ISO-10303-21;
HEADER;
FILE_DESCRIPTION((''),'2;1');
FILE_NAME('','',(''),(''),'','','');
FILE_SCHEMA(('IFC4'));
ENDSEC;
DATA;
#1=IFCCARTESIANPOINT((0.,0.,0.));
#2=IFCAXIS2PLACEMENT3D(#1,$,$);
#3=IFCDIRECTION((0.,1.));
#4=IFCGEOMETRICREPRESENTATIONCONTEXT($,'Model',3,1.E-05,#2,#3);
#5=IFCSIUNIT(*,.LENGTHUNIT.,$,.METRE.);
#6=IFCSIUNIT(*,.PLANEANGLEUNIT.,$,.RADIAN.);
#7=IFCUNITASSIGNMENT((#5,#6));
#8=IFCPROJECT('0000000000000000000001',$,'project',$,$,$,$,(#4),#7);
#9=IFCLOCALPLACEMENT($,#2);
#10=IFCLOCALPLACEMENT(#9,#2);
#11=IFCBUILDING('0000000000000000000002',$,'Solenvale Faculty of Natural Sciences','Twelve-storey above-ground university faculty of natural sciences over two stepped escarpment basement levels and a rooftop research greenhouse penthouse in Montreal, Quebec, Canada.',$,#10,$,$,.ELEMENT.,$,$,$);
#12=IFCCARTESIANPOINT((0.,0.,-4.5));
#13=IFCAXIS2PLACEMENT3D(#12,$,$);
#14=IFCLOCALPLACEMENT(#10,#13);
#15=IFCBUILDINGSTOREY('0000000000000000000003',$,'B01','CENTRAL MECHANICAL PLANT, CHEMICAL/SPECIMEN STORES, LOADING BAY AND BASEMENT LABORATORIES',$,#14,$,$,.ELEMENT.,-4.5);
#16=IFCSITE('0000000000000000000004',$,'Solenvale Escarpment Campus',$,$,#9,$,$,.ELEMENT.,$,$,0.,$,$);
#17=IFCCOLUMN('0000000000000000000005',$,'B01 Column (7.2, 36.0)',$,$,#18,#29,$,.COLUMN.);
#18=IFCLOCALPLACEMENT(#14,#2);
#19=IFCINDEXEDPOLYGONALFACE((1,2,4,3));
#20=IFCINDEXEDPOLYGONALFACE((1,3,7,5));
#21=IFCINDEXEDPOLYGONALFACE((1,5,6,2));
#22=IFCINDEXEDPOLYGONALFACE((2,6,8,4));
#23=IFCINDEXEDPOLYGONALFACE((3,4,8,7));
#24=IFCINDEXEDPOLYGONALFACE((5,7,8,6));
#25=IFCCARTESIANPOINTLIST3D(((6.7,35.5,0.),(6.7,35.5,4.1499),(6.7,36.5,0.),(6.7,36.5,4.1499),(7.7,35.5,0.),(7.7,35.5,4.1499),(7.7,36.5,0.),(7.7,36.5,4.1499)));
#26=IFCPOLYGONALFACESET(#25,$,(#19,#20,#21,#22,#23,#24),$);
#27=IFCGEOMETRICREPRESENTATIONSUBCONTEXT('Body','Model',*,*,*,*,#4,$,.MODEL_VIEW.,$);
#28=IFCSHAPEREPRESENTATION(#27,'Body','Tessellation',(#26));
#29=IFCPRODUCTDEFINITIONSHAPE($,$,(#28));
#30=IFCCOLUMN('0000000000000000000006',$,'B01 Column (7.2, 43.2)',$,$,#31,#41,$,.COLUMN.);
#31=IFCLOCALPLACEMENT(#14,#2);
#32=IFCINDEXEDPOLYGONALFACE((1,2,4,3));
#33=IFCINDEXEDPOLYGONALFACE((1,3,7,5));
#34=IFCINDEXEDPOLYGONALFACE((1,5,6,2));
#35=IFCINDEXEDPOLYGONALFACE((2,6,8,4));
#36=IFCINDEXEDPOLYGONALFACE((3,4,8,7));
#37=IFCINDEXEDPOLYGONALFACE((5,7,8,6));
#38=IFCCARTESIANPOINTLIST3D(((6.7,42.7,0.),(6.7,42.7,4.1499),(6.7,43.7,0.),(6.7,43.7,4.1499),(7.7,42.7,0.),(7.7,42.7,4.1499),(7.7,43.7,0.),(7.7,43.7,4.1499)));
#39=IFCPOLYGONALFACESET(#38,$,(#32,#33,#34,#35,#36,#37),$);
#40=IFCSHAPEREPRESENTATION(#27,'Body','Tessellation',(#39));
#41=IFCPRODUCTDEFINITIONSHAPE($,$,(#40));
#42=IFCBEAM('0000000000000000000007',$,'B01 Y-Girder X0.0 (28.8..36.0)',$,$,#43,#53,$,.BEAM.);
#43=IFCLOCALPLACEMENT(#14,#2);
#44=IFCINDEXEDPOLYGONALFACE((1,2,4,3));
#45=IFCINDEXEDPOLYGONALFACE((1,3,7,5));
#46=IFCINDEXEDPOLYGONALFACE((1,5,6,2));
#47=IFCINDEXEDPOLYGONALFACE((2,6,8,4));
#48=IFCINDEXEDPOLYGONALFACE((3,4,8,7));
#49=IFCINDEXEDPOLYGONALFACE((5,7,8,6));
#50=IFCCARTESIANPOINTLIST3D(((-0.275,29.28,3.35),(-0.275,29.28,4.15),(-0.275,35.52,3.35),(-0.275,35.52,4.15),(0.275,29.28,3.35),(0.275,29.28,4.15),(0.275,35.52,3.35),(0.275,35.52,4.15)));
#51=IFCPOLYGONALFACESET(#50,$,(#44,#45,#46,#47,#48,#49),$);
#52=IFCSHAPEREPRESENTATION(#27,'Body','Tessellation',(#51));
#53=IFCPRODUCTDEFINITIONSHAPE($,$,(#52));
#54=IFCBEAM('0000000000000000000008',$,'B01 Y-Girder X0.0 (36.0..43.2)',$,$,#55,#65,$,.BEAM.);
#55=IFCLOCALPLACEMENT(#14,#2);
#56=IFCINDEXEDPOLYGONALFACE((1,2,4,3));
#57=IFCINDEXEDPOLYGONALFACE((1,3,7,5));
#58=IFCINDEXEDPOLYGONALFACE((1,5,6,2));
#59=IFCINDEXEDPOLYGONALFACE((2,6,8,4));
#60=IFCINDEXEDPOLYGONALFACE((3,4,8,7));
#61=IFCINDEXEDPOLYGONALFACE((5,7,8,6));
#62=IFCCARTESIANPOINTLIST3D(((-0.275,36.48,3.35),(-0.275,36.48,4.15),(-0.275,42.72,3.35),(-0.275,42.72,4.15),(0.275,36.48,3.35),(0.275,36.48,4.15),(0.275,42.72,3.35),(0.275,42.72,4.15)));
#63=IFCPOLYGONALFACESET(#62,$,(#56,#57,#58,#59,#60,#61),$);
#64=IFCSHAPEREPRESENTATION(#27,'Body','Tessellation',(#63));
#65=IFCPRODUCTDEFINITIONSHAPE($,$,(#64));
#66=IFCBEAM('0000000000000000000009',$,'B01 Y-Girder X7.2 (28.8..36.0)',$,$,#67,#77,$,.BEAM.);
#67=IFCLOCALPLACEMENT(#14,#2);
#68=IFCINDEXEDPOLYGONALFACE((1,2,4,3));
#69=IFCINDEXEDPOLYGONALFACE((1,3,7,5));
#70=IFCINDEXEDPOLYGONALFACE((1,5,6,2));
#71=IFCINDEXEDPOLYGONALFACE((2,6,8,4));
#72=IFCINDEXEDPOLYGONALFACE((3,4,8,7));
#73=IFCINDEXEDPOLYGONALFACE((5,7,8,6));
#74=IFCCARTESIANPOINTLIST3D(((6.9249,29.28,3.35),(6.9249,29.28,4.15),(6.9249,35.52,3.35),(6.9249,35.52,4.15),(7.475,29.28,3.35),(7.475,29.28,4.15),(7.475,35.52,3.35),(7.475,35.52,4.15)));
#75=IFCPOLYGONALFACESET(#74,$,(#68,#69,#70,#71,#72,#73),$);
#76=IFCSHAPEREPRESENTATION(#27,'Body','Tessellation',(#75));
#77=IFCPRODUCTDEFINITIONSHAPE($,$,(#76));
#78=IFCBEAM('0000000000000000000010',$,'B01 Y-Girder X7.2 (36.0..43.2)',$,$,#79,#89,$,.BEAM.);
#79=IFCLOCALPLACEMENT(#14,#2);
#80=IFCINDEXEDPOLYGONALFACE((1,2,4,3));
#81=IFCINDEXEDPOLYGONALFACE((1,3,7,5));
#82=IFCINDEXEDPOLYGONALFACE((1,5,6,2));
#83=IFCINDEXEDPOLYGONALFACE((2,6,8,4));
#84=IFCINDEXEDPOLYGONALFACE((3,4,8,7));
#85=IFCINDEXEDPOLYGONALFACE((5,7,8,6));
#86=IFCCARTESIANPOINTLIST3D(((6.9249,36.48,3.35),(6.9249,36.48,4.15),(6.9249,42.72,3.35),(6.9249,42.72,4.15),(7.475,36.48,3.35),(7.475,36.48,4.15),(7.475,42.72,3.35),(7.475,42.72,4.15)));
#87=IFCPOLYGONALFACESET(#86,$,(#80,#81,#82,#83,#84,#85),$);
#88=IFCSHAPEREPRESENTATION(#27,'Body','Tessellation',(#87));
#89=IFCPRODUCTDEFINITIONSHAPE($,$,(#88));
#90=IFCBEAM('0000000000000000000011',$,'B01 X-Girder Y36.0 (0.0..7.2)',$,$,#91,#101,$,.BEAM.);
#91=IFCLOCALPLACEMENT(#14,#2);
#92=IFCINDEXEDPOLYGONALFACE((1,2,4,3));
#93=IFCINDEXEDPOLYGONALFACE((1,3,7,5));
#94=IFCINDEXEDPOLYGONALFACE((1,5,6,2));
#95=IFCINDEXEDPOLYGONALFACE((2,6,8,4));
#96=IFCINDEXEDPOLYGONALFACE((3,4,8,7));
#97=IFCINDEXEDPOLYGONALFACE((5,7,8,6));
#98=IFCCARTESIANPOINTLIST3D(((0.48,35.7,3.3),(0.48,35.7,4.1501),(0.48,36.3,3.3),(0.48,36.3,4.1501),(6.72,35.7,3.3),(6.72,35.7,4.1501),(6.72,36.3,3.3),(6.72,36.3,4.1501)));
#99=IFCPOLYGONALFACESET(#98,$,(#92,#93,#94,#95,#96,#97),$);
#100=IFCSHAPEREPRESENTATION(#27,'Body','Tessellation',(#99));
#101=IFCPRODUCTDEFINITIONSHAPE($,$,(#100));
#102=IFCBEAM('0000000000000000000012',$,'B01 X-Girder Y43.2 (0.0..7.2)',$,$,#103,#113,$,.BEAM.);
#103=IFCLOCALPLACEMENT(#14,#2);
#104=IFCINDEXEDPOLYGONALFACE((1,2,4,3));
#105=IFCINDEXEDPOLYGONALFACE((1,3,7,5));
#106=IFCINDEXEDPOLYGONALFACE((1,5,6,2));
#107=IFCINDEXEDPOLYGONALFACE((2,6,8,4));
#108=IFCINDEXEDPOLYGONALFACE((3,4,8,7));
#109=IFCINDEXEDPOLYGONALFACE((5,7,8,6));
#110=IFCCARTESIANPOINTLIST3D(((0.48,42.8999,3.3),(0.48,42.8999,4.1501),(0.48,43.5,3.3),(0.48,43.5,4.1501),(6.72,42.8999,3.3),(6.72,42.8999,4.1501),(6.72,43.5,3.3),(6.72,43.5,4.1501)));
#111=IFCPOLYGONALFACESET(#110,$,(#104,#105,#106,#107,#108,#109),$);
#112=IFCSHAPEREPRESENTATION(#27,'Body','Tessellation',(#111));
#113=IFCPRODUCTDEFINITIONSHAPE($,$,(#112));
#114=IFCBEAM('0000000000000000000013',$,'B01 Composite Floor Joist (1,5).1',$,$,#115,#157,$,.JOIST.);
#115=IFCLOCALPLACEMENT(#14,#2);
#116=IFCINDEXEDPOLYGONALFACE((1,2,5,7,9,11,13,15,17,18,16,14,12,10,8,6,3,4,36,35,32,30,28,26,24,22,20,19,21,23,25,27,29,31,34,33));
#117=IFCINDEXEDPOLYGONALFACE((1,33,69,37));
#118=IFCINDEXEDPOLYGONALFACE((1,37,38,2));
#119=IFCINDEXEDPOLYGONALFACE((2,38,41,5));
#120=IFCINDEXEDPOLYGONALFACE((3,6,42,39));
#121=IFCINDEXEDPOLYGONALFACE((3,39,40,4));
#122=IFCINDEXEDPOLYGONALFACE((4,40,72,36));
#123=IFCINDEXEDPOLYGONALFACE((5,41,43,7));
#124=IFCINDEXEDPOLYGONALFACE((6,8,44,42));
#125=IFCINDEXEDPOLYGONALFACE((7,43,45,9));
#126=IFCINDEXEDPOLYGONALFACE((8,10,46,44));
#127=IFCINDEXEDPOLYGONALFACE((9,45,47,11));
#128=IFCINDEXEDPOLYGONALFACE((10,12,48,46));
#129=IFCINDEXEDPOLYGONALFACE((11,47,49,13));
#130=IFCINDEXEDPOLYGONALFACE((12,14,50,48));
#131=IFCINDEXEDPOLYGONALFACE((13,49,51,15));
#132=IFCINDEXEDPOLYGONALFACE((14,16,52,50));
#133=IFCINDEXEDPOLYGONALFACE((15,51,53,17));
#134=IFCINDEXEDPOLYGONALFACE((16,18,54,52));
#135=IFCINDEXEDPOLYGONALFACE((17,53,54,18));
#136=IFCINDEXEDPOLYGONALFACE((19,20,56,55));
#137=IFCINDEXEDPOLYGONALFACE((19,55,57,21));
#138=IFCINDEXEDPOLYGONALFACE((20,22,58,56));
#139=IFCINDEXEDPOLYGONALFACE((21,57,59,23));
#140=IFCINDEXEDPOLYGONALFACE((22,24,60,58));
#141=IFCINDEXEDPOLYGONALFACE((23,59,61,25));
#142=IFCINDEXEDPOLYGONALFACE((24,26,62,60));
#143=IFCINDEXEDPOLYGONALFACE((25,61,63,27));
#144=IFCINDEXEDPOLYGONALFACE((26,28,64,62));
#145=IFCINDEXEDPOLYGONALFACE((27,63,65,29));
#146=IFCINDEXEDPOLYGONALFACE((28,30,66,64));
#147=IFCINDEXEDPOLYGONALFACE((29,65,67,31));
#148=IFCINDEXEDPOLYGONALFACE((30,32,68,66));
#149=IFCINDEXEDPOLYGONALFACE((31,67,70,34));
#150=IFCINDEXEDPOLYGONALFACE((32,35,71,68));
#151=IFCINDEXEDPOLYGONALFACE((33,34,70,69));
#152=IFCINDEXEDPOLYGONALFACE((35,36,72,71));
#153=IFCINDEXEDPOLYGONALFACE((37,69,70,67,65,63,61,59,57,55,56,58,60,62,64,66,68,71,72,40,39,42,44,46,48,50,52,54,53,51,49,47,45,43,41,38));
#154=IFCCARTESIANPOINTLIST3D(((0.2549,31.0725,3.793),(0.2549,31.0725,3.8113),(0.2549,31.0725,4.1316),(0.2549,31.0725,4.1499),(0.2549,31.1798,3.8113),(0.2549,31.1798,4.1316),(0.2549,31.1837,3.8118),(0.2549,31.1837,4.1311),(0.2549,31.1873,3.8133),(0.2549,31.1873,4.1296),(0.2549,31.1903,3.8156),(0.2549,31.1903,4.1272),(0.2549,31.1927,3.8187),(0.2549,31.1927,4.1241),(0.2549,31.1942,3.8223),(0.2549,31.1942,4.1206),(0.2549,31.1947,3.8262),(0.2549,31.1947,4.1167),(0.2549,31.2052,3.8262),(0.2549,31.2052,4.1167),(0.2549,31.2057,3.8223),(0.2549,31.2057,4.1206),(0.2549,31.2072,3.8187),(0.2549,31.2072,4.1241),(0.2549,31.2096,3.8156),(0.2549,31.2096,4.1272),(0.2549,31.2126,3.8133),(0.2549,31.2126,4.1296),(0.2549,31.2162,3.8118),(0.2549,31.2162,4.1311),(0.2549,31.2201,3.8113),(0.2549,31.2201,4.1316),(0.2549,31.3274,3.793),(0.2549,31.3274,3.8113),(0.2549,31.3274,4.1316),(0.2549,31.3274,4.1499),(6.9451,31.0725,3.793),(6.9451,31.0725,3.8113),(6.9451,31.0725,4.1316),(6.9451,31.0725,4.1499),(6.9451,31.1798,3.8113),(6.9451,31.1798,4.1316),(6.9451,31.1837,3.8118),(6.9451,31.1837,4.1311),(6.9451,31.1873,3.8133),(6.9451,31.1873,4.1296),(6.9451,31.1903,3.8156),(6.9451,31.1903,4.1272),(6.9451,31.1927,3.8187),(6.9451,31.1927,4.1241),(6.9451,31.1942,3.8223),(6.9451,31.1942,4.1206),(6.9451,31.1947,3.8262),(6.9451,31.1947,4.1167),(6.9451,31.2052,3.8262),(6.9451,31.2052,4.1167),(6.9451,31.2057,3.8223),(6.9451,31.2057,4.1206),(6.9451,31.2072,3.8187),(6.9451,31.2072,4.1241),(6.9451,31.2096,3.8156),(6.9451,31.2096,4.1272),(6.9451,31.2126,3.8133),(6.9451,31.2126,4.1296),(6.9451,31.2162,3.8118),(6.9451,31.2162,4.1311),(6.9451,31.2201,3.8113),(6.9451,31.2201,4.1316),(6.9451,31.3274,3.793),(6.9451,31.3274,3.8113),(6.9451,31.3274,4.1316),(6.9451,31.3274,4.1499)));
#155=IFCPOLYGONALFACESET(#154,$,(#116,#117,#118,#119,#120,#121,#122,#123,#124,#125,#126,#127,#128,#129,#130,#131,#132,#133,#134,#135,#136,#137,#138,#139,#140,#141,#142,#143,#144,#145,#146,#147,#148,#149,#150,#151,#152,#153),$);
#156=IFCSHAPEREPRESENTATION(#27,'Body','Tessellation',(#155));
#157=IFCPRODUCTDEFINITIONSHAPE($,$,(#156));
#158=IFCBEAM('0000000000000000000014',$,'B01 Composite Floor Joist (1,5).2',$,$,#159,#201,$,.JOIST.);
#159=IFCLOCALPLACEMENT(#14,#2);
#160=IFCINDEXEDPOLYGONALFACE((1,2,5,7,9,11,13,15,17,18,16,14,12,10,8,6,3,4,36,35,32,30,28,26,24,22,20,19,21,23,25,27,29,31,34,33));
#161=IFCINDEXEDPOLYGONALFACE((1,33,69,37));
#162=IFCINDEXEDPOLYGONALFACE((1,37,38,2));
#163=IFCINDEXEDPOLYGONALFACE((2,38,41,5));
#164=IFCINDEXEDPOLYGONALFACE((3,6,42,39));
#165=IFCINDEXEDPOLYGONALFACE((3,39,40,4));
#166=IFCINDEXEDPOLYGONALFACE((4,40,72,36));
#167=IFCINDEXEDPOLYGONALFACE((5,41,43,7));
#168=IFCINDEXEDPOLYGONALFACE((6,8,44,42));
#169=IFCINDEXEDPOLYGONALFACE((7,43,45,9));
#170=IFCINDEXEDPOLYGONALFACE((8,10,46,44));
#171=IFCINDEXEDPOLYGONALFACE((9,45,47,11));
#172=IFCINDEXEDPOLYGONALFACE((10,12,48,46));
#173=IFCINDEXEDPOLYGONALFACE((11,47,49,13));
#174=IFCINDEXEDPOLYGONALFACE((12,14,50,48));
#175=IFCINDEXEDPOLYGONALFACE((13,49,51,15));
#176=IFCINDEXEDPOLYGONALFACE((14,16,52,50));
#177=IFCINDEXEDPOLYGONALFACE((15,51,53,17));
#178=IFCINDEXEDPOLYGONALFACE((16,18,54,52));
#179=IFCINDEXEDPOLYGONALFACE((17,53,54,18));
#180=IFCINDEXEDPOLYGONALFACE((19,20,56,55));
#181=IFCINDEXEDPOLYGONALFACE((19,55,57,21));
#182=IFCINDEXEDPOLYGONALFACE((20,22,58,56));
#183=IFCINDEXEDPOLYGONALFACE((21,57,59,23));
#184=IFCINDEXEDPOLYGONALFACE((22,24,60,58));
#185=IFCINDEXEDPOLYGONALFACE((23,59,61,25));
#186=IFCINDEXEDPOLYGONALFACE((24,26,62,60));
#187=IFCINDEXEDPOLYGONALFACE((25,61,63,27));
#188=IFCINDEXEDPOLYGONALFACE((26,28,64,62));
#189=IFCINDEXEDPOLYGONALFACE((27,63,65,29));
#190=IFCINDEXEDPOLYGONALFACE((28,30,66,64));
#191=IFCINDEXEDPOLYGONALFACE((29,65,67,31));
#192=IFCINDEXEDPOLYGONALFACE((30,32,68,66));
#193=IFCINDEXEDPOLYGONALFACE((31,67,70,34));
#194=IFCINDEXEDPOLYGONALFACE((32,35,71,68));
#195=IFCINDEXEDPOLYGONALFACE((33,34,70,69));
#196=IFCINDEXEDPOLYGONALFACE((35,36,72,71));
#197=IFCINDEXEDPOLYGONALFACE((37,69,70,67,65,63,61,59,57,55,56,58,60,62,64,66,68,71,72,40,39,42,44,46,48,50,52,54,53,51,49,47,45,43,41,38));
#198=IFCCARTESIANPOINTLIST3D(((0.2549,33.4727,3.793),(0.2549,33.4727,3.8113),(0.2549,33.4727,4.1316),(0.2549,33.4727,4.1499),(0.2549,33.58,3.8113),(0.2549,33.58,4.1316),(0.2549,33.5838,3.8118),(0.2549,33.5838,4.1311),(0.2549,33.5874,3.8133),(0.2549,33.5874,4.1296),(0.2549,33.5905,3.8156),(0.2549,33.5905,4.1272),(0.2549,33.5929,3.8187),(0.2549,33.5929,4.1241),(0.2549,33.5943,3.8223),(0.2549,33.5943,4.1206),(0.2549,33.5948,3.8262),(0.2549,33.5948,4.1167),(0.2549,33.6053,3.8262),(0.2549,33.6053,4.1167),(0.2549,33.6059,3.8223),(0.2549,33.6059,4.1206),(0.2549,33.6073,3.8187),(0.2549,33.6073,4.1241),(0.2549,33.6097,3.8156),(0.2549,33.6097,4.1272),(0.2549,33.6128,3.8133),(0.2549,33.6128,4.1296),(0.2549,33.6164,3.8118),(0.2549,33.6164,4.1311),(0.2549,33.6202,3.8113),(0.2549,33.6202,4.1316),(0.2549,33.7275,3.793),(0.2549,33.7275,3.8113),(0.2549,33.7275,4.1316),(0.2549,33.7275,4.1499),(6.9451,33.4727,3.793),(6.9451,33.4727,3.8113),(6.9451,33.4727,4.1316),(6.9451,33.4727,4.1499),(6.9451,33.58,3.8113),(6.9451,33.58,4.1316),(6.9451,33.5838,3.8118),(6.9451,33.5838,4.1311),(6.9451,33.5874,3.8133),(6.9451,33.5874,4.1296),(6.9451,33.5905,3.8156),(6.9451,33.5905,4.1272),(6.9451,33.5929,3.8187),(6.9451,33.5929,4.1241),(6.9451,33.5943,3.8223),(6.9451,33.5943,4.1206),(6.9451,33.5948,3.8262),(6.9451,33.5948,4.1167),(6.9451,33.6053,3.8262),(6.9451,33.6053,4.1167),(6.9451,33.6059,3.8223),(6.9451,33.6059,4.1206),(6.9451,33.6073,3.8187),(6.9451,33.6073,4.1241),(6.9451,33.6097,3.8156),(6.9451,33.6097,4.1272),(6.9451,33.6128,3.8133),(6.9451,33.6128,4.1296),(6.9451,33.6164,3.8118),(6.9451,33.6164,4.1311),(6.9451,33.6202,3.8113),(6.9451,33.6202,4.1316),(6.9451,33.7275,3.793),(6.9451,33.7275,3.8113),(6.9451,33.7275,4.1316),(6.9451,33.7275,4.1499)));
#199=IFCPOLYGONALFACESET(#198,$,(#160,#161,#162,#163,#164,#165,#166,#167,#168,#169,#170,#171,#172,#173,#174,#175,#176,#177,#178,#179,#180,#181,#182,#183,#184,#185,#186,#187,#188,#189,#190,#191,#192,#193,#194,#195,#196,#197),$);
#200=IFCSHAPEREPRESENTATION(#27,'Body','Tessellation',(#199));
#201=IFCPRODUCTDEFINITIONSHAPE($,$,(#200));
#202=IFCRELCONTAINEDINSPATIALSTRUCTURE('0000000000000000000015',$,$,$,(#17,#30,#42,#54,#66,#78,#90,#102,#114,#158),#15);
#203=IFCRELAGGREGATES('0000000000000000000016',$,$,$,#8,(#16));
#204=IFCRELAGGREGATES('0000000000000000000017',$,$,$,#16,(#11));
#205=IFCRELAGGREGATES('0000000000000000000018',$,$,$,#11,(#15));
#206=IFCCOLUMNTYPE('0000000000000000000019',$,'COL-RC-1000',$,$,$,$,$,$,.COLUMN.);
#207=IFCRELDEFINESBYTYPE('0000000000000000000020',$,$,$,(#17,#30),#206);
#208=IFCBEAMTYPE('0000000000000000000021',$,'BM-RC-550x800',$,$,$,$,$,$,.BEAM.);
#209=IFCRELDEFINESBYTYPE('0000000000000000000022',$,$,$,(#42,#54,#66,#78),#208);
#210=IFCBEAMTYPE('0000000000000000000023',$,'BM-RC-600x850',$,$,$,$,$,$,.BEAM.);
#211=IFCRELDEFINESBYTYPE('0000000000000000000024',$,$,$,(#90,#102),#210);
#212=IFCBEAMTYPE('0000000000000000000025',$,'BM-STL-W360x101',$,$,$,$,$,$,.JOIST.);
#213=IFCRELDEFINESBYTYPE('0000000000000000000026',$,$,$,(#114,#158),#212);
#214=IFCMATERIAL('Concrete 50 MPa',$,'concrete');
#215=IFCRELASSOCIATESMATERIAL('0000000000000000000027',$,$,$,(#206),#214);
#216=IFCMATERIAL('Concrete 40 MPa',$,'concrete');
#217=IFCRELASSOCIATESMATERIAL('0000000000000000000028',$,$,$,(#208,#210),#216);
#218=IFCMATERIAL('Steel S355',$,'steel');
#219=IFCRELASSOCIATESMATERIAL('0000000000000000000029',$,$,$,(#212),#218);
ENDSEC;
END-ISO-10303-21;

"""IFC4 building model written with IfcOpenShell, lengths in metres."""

from ifc_helpers import new_model, si_unit, direction, frame, origin, origin_2d, place, context, subcontext, project, spatial, rectangle, i_section, extrude, material, material_profile, profile_set, type_object, element, save


model = new_model("IFC4")

# Units and contexts
model_context = context("Model", 3, precision=1e-05, world=origin(), true_north=direction((0.0, 1.0)))
body_context = subcontext(model_context, "Body", "Model", "MODEL_VIEW")
ifc_project = project(units=[si_unit("LENGTHUNIT", "METRE"), si_unit("PLANEANGLEUNIT", "RADIAN")], contexts=[model_context])

# Site, building, storey
site_placement = place(None, origin())
site = spatial("IfcSite", under=ifc_project, at=site_placement, Name="Solenvale Escarpment Campus", CompositionType="ELEMENT", RefElevation=0.0)
building_placement = place(site_placement, origin())
building = spatial("IfcBuilding", under=site, at=building_placement, Name="Solenvale Faculty of Natural Sciences", Description="Twelve-storey above-ground university faculty of natural sciences over two stepped escarpment basement levels and a rooftop research greenhouse penthouse in Montreal, Quebec, Canada.", CompositionType="ELEMENT")
storey_placement = place(building_placement, frame((0.0, 0.0, -4.5)))
storey = spatial("IfcBuildingStorey", under=building, at=storey_placement, Name="B01", Description="CENTRAL MECHANICAL PLANT, CHEMICAL/SPECIMEN STORES, LOADING BAY AND BASEMENT LABORATORIES", CompositionType="ELEMENT", Elevation=-4.5)

# Shared definitions
ifc_material_1 = material(Name="Concrete 40 MPa", Category="concrete")

# Columns
ifc_material_2 = material(Name="Concrete 50 MPa", Category="concrete")
ifc_material_profile_1 = material_profile(ifc_material_2, rectangle(XDim=1.0, YDim=1.0, at=origin_2d()), Name="RC-COL-1000x1000")
ifc_profile_set_1 = profile_set([ifc_material_profile_1], Name="Concrete 50 MPa")
column_type = type_object("IfcColumnType", Name="COL-RC-1000", PredefinedType="COLUMN", material=ifc_profile_set_1)
for number, where, z_axis, x_axis, name in (
    (1, (7.2, 36.0, 0.0), (0.0, 0.0, 1.0), (1.0, 0.0, 0.0), "B01 Column (7.2, 36.0)"),
    (2, (7.2, 43.2, 0.0), (0.0, 0.0, 1.0), (1.0, 0.0, 0.0), "B01 Column (7.2, 43.2)"),
):
    element("IfcColumn", number, at=place(storey_placement, frame(where, z_axis=z_axis, x_axis=x_axis)), inside=storey, type_object=column_type, Name=name, PredefinedType="COLUMN", context=body_context, shape_type="SweptSolid", body=[
        extrude(rectangle(XDim=1.0, YDim=1.0, at=origin_2d()), origin(), (0.0, 0.0, 1.0), 4.1499),
    ])

# Beams
ifc_material_profile_2 = material_profile(ifc_material_1, rectangle(XDim=0.55, YDim=0.8, at=origin_2d()), Name="RC-BM-550x800")
ifc_profile_set_2 = profile_set([ifc_material_profile_2], Name="Concrete 40 MPa")
beam_type_1 = type_object("IfcBeamType", Name="BM-RC-550x800", PredefinedType="BEAM", material=ifc_profile_set_2)
for number, where, z_axis, x_axis, name in (
    (3, (0.0, 29.28, 3.75), (0.0, 1.0, 0.0), (-1.0, 0.0, 0.0), "B01 Y-Girder X0.0 (28.8..36.0)"),
    (4, (0.0, 36.48, 3.75), (0.0, 1.0, 0.0), (-1.0, 0.0, 0.0), "B01 Y-Girder X0.0 (36.0..43.2)"),
    (5, (7.2, 29.28, 3.75), (0.0, 1.0, 0.0), (-1.0, 0.0, 0.0), "B01 Y-Girder X7.2 (28.8..36.0)"),
    (6, (7.2, 36.48, 3.75), (0.0, 1.0, 0.0), (-1.0, 0.0, 0.0), "B01 Y-Girder X7.2 (36.0..43.2)"),
):
    element("IfcBeam", number, at=place(storey_placement, frame(where, z_axis=z_axis, x_axis=x_axis)), inside=storey, type_object=beam_type_1, Name=name, PredefinedType="BEAM", context=body_context, shape_type="SweptSolid", body=[
        extrude(rectangle(XDim=0.55, YDim=0.8, at=origin_2d()), origin(), (0.0, 0.0, 1.0), 6.24),
    ])
ifc_material_profile_3 = material_profile(ifc_material_1, rectangle(XDim=0.6001, YDim=0.8501, at=origin_2d()), Name="RC-BM-600x850")
ifc_profile_set_3 = profile_set([ifc_material_profile_3], Name="Concrete 40 MPa")
beam_type_2 = type_object("IfcBeamType", Name="BM-RC-600x850", PredefinedType="BEAM", material=ifc_profile_set_3)
for number, where, z_axis, x_axis, name in (
    (7, (0.48, 36.0, 3.7251), (1.0, 0.0, 0.0), (0.0, 1.0, 0.0), "B01 X-Girder Y36.0 (0.0..7.2)"),
    (8, (0.48, 43.2, 3.7251), (1.0, 0.0, 0.0), (0.0, 1.0, 0.0), "B01 X-Girder Y43.2 (0.0..7.2)"),
):
    element("IfcBeam", number, at=place(storey_placement, frame(where, z_axis=z_axis, x_axis=x_axis)), inside=storey, type_object=beam_type_2, Name=name, PredefinedType="BEAM", context=body_context, shape_type="SweptSolid", body=[
        extrude(rectangle(XDim=0.6001, YDim=0.8501, at=origin_2d()), origin(), (0.0, 0.0, 1.0), 6.24),
    ])
ifc_material_3 = material(Name="Steel S355", Category="steel")
ifc_material_profile_4 = material_profile(ifc_material_3, i_section(OverallWidth=0.2549, OverallDepth=0.3569, WebThickness=0.0105, FlangeThickness=0.0183, FilletRadius=0.0149, at=origin_2d()), Name="W360x101")
ifc_profile_set_4 = profile_set([ifc_material_profile_4], Name="Steel S355")
beam_type_3 = type_object("IfcBeamType", Name="BM-STL-W360x101", PredefinedType="JOIST", material=ifc_profile_set_4)
for number, where, z_axis, x_axis, name in (
    (9, (0.2549, 31.2, 3.9714), (1.0, 0.0, 0.0), (0.0, 1.0, 0.0), "B01 Composite Floor Joist (1,5).1"),
    (10, (0.2549, 33.6001, 3.9714), (1.0, 0.0, 0.0), (0.0, 1.0, 0.0), "B01 Composite Floor Joist (1,5).2"),
):
    element("IfcBeam", number, at=place(storey_placement, frame(where, z_axis=z_axis, x_axis=x_axis)), inside=storey, type_object=beam_type_3, Name=name, PredefinedType="JOIST", context=body_context, shape_type="SweptSolid", body=[
        extrude(i_section(OverallWidth=0.2549, OverallDepth=0.3569, WebThickness=0.0105, FlangeThickness=0.0183, FilletRadius=0.0149, at=origin_2d()), origin(), (0.0, 0.0, 1.0), 6.6902),
    ])

save(model, "model.ifc")
